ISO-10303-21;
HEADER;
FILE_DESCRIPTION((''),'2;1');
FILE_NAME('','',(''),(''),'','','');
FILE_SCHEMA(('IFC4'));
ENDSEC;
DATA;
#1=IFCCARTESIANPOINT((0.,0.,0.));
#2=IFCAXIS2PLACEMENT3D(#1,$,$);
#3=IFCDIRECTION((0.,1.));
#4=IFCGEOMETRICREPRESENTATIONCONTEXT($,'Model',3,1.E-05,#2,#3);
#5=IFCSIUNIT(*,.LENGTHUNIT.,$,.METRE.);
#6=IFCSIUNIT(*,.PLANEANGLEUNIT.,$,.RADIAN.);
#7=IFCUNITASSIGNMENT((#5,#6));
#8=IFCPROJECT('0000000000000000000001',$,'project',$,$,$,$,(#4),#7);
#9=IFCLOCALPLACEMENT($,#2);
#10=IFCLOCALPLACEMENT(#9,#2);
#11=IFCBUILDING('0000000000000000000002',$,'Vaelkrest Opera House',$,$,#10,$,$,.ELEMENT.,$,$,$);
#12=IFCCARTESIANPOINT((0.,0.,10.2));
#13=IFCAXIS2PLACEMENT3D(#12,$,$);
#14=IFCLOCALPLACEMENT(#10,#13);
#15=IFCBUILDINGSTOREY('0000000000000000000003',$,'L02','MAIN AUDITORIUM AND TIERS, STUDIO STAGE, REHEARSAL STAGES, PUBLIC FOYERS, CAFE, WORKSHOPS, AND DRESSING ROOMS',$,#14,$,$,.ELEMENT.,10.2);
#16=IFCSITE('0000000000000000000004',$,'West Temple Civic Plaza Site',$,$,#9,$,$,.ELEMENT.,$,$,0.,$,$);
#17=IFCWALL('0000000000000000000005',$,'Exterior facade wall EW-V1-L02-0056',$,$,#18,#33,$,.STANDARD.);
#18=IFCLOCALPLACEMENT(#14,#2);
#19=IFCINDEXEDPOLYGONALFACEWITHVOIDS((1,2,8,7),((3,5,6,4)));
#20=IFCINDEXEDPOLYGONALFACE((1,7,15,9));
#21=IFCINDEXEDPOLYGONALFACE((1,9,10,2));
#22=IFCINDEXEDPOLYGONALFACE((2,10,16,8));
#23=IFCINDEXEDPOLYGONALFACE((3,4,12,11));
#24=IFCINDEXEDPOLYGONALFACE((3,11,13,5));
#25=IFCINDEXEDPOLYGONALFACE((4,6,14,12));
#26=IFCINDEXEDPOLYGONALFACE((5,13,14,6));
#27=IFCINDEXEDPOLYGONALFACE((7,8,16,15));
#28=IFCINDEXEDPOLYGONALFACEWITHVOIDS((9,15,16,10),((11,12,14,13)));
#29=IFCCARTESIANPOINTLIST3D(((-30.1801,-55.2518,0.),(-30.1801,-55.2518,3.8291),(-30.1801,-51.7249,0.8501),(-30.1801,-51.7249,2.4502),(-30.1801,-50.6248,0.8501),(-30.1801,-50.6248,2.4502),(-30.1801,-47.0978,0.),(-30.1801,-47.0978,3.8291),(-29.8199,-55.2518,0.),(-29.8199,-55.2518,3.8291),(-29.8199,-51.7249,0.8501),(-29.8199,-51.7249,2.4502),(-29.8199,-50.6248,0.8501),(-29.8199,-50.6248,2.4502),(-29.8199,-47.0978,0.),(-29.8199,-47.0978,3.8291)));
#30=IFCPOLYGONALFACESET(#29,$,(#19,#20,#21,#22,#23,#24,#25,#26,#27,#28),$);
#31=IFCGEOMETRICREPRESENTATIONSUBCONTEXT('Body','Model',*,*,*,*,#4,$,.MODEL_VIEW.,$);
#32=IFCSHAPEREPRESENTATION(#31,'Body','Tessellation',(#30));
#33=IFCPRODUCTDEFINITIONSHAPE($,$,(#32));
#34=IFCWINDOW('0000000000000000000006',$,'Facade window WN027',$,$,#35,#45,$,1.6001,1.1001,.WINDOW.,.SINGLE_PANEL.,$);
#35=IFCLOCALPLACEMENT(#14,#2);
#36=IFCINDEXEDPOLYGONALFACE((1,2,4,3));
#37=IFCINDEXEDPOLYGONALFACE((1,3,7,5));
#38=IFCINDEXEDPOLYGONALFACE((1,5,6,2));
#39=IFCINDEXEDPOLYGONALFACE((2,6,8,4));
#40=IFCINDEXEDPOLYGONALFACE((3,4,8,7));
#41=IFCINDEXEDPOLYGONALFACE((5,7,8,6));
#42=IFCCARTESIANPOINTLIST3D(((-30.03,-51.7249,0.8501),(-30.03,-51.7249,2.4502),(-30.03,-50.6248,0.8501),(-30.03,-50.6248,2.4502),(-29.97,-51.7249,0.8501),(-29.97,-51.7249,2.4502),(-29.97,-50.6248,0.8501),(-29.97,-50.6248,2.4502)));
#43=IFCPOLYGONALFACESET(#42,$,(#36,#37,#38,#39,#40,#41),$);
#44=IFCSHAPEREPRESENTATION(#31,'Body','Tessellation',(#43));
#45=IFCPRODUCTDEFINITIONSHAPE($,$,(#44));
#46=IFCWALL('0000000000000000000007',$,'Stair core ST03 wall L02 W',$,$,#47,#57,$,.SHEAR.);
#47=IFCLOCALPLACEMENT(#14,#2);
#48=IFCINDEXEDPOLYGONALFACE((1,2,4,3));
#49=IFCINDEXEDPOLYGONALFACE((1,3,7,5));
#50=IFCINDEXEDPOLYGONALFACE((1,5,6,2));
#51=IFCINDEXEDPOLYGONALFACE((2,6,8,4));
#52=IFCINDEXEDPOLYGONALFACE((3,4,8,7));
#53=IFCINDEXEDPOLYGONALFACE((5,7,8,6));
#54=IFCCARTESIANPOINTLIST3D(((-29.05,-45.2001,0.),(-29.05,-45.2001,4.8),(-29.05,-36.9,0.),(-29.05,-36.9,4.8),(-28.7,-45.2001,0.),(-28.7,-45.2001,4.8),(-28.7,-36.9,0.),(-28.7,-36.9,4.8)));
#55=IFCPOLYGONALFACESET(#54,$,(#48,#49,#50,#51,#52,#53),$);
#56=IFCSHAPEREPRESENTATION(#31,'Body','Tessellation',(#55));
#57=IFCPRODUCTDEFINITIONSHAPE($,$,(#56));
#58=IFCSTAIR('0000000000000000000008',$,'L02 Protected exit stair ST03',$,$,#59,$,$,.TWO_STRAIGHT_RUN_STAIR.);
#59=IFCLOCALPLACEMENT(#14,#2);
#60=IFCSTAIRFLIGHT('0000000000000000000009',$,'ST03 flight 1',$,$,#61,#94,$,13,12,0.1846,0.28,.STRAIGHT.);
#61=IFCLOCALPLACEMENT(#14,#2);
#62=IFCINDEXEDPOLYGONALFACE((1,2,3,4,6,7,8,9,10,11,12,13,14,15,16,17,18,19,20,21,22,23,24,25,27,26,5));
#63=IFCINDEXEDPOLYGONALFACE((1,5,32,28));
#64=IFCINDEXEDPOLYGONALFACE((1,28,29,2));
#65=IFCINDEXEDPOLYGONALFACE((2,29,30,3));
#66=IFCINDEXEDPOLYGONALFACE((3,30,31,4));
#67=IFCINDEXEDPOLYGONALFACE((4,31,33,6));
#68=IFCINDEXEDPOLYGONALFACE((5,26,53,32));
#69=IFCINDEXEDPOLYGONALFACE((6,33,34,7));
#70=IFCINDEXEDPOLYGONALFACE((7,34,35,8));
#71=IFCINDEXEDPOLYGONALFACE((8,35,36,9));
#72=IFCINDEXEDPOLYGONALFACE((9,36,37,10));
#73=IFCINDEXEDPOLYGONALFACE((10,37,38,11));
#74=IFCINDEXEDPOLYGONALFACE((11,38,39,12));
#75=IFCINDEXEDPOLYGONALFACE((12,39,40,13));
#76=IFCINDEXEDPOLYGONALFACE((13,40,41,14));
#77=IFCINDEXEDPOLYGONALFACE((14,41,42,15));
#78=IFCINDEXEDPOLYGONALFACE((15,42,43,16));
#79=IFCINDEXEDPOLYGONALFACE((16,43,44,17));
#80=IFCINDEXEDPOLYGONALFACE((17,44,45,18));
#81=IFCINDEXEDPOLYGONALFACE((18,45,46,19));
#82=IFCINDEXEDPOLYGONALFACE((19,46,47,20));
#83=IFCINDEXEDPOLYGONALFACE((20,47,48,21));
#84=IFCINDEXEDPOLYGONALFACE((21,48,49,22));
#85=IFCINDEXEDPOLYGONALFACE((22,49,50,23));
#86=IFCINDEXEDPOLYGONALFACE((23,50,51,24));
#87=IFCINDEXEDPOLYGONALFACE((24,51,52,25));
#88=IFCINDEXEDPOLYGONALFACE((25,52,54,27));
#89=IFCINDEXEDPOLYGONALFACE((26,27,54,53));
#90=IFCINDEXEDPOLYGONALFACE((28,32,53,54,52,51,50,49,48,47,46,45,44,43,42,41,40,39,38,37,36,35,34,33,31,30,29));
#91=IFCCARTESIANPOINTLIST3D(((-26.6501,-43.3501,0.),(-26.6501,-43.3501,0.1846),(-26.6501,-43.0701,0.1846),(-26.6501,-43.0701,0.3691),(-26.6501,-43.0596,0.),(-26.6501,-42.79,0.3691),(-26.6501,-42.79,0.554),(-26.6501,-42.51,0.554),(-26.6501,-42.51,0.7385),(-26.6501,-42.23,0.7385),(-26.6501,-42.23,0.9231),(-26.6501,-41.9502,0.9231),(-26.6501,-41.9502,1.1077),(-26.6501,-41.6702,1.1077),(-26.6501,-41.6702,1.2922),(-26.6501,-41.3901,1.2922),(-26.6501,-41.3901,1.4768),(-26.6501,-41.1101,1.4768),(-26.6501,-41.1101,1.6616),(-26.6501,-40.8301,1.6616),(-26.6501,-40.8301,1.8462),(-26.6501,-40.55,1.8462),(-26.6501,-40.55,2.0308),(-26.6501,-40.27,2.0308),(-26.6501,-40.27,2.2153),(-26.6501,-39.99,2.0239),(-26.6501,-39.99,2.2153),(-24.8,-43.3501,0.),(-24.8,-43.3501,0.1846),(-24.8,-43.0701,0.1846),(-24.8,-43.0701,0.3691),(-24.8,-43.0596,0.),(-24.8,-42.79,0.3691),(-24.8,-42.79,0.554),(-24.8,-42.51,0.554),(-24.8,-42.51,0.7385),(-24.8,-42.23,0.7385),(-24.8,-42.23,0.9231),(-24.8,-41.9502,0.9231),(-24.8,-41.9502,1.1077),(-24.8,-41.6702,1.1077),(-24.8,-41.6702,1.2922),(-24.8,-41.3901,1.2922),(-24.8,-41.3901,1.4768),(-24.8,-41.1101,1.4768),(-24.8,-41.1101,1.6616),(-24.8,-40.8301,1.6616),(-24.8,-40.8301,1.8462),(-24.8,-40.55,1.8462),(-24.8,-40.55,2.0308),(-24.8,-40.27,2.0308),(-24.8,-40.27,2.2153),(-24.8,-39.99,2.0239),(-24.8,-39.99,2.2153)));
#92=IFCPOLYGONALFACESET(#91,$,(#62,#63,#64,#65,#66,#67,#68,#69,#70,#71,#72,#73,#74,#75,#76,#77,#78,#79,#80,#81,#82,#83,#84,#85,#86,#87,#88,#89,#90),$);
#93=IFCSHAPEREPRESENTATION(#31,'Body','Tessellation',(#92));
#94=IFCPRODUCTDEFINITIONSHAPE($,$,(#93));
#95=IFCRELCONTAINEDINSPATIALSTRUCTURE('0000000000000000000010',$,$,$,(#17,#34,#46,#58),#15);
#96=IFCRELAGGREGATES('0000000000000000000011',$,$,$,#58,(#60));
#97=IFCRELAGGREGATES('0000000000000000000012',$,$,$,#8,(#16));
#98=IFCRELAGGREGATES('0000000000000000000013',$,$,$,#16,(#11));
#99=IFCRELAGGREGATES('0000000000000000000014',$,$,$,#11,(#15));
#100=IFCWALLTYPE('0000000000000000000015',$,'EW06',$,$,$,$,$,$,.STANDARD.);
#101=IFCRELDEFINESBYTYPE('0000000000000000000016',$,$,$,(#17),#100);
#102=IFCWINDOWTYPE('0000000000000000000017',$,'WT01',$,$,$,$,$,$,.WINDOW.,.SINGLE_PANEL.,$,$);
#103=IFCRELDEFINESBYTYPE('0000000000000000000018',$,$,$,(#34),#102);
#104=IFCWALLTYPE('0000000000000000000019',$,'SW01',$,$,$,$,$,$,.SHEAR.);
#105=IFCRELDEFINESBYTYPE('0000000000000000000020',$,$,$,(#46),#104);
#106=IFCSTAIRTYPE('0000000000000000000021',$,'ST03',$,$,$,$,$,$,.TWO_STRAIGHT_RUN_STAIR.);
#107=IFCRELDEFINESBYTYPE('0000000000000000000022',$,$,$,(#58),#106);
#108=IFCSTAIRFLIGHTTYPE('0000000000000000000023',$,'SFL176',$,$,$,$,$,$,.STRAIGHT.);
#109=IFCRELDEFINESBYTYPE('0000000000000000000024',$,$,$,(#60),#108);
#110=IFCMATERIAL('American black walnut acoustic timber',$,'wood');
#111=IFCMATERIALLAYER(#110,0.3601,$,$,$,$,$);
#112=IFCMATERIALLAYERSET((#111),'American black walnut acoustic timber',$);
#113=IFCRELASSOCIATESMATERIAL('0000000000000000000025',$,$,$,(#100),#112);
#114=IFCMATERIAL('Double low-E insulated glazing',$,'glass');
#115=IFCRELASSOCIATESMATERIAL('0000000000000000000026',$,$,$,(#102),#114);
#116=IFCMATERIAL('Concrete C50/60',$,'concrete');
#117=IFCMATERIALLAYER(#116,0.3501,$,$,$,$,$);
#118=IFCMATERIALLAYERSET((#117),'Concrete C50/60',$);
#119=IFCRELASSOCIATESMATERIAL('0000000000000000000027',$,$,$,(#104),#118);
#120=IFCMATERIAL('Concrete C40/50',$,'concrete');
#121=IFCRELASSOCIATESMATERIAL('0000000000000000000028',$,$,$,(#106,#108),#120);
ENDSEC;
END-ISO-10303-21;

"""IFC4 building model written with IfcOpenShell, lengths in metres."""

from ifc_helpers import new_model, si_unit, direction, frame, frame_2d, origin, place, context, subcontext, project, spatial, polyline, rectangle, outline, extrude, material, layer, layer_set, type_object, element, fill, aggregate, save


model = new_model("IFC4")

# Units and contexts
model_context = context("Model", 3, precision=1e-05, world=origin(), true_north=direction((0.0, 1.0)))
body_context = subcontext(model_context, "Body", "Model", "MODEL_VIEW")
ifc_project = project(units=[si_unit("LENGTHUNIT", "METRE"), si_unit("PLANEANGLEUNIT", "RADIAN")], contexts=[model_context])

# Site, building, storey
site_placement = place(None, origin())
site = spatial("IfcSite", under=ifc_project, at=site_placement, Name="West Temple Civic Plaza Site", CompositionType="ELEMENT", RefElevation=0.0)
building_placement = place(site_placement, origin())
building = spatial("IfcBuilding", under=site, at=building_placement, Name="Vaelkrest Opera House", CompositionType="ELEMENT")
storey_placement = place(building_placement, frame((0.0, 0.0, 10.2)))
storey = spatial("IfcBuildingStorey", under=building, at=storey_placement, Name="L02", Description="MAIN AUDITORIUM AND TIERS, STUDIO STAGE, REHEARSAL STAGES, PUBLIC FOYERS, CAFE, WORKSHOPS, AND DRESSING ROOMS", CompositionType="ELEMENT", Elevation=10.2)

# Shared definitions
ifc_material_1 = material(Name="Concrete C50/60", Category="concrete")

# Shared definitions
ifc_material_2 = material(Name="Double low-E insulated glazing", Category="glass")

# Wall, opening, window
ifc_material_3 = material(Name="American black walnut acoustic timber", Category="wood")
ifc_layer_1 = layer(ifc_material_3, 0.3601)
ifc_layer_set_1 = layer_set([ifc_layer_1], Name="American black walnut acoustic timber")
wall_type_1 = type_object("IfcWallType", Name="EW06", PredefinedType="STANDARD", material=ifc_layer_set_1)
wall_1_placement = place(storey_placement, frame((-30.0, -55.252, 0.0), z_axis=(0.0, 0.0, 1.0), x_axis=(0.0, 1.0, 0.0)))
wall_1 = element("IfcWall", 1, at=wall_1_placement, inside=storey, type_object=wall_type_1, Name="Exterior facade wall EW-V1-L02-0056", PredefinedType="STANDARD", context=body_context, shape_type="SweptSolid", body=[
    extrude(rectangle(XDim=8.1541, YDim=0.3601, at=frame_2d((4.0771, 0.0))), origin(), (0.0, 0.0, 1.0), 3.8291),
])
opening_placement = place(wall_1_placement, frame((3.5271, 0.0, 0.8501)))
opening = element("IfcOpeningElement", 2, at=opening_placement, cuts=wall_1, PredefinedType="OPENING", context=body_context, shape_type="SweptSolid", body=[
    extrude(rectangle(XDim=1.1001, YDim=1.6001, at=frame_2d((0.55, 0.8))), frame((0.0, 0.1899, 0.0), z_axis=(0.0, -1.0, 0.0), x_axis=(1.0, 0.0, 0.0)), (0.0, 0.0, 1.0), 0.3801),
])
window_type = type_object("IfcWindowType", Name="WT01", PartitioningType="SINGLE_PANEL", PredefinedType="WINDOW", material=ifc_material_2)
window_placement = place(opening_placement, origin())
window = element("IfcWindow", 3, at=window_placement, inside=storey, type_object=window_type, Name="Facade window WN027", OverallHeight=1.6001, OverallWidth=1.1001, PartitioningType="SINGLE_PANEL", PredefinedType="WINDOW", context=body_context, shape_type="SweptSolid", body=[
    extrude(rectangle(XDim=1.1001, YDim=1.6001, at=frame_2d((0.55, 0.8))), frame((0.0, 0.03, 0.0), z_axis=(0.0, -1.0, 0.0), x_axis=(1.0, 0.0, 0.0)), (0.0, 0.0, 1.0), 0.0601),
])
fill(opening, window)

# Wall
ifc_layer_2 = layer(ifc_material_1, 0.3501)
ifc_layer_set_2 = layer_set([ifc_layer_2], Name="Concrete C50/60")
wall_type_2 = type_object("IfcWallType", Name="SW01", PredefinedType="SHEAR", material=ifc_layer_set_2)
wall_2_placement = place(storey_placement, frame((-28.875, -45.2, 0.0), z_axis=(0.0, 0.0, 1.0), x_axis=(0.0, 1.0, 0.0)))
element("IfcWall", 4, at=wall_2_placement, inside=storey, type_object=wall_type_2, Name="Stair core ST03 wall L02 W", PredefinedType="SHEAR", context=body_context, shape_type="SweptSolid", body=[
    extrude(rectangle(XDim=8.3, YDim=0.3501, at=frame_2d((4.1499, 0.0))), origin(), (0.0, 0.0, 1.0), 4.8),
])

# Stair, stair flight
ifc_material_4 = material(Name="Concrete C40/50", Category="concrete")
stair_type = type_object("IfcStairType", Name="ST03", PredefinedType="TWO_STRAIGHT_RUN_STAIR", material=ifc_material_4)
stair_placement = place(storey_placement, origin())
stair = element("IfcStair", 5, at=stair_placement, inside=storey, type_object=stair_type, Name="L02 Protected exit stair ST03", PredefinedType="TWO_STRAIGHT_RUN_STAIR")
stair_flight_type = type_object("IfcStairFlightType", Name="SFL176", PredefinedType="STRAIGHT", material=ifc_material_4)
stair_flight_placement = place(storey_placement, frame((-25.7251, -43.3501, 0.0), z_axis=(0.0, 0.0, 1.0), x_axis=(0.0, 1.0, 0.0)))
stair_flight = element("IfcStairFlight", 6, at=stair_flight_placement, type_object=stair_flight_type, Name="ST03 flight 1", NumberOfRisers=13, NumberOfTreads=12, PredefinedType="STRAIGHT", RiserHeight=0.1846, TreadLength=0.28, context=body_context, shape_type="SweptSolid", body=[
    extrude(outline(polyline([(0.0, 0.0), (0.0, 0.1846), (0.28, 0.1846), (0.28, 0.3691), (0.5601, 0.3691), (0.5601, 0.554), (0.8401, 0.554), (0.8401, 0.7385), (1.1201, 0.7385), (1.1201, 0.9231), (1.3999, 0.9231), (1.3999, 1.1077), (1.6799, 1.1077), (1.6799, 1.2922), (1.96, 1.2922), (1.96, 1.4768), (2.24, 1.4768), (2.24, 1.6616), (2.52, 1.6616), (2.52, 1.8462), (2.8, 1.8462), (2.8, 2.0308), (3.0801, 2.0308), (3.0801, 2.2153), (3.3601, 2.2153), (3.3601, 2.3999), (3.3601, 2.0239), (0.2905, 0.0), (0.0, 0.0)])), frame((0.0, 0.925, 0.0), z_axis=(0.0, -1.0, 0.0), x_axis=(1.0, 0.0, 0.0)), (0.0, 0.0, 1.0), 1.8501),
])
aggregate(stair, [stair_flight])

save(model, "model.ifc")
